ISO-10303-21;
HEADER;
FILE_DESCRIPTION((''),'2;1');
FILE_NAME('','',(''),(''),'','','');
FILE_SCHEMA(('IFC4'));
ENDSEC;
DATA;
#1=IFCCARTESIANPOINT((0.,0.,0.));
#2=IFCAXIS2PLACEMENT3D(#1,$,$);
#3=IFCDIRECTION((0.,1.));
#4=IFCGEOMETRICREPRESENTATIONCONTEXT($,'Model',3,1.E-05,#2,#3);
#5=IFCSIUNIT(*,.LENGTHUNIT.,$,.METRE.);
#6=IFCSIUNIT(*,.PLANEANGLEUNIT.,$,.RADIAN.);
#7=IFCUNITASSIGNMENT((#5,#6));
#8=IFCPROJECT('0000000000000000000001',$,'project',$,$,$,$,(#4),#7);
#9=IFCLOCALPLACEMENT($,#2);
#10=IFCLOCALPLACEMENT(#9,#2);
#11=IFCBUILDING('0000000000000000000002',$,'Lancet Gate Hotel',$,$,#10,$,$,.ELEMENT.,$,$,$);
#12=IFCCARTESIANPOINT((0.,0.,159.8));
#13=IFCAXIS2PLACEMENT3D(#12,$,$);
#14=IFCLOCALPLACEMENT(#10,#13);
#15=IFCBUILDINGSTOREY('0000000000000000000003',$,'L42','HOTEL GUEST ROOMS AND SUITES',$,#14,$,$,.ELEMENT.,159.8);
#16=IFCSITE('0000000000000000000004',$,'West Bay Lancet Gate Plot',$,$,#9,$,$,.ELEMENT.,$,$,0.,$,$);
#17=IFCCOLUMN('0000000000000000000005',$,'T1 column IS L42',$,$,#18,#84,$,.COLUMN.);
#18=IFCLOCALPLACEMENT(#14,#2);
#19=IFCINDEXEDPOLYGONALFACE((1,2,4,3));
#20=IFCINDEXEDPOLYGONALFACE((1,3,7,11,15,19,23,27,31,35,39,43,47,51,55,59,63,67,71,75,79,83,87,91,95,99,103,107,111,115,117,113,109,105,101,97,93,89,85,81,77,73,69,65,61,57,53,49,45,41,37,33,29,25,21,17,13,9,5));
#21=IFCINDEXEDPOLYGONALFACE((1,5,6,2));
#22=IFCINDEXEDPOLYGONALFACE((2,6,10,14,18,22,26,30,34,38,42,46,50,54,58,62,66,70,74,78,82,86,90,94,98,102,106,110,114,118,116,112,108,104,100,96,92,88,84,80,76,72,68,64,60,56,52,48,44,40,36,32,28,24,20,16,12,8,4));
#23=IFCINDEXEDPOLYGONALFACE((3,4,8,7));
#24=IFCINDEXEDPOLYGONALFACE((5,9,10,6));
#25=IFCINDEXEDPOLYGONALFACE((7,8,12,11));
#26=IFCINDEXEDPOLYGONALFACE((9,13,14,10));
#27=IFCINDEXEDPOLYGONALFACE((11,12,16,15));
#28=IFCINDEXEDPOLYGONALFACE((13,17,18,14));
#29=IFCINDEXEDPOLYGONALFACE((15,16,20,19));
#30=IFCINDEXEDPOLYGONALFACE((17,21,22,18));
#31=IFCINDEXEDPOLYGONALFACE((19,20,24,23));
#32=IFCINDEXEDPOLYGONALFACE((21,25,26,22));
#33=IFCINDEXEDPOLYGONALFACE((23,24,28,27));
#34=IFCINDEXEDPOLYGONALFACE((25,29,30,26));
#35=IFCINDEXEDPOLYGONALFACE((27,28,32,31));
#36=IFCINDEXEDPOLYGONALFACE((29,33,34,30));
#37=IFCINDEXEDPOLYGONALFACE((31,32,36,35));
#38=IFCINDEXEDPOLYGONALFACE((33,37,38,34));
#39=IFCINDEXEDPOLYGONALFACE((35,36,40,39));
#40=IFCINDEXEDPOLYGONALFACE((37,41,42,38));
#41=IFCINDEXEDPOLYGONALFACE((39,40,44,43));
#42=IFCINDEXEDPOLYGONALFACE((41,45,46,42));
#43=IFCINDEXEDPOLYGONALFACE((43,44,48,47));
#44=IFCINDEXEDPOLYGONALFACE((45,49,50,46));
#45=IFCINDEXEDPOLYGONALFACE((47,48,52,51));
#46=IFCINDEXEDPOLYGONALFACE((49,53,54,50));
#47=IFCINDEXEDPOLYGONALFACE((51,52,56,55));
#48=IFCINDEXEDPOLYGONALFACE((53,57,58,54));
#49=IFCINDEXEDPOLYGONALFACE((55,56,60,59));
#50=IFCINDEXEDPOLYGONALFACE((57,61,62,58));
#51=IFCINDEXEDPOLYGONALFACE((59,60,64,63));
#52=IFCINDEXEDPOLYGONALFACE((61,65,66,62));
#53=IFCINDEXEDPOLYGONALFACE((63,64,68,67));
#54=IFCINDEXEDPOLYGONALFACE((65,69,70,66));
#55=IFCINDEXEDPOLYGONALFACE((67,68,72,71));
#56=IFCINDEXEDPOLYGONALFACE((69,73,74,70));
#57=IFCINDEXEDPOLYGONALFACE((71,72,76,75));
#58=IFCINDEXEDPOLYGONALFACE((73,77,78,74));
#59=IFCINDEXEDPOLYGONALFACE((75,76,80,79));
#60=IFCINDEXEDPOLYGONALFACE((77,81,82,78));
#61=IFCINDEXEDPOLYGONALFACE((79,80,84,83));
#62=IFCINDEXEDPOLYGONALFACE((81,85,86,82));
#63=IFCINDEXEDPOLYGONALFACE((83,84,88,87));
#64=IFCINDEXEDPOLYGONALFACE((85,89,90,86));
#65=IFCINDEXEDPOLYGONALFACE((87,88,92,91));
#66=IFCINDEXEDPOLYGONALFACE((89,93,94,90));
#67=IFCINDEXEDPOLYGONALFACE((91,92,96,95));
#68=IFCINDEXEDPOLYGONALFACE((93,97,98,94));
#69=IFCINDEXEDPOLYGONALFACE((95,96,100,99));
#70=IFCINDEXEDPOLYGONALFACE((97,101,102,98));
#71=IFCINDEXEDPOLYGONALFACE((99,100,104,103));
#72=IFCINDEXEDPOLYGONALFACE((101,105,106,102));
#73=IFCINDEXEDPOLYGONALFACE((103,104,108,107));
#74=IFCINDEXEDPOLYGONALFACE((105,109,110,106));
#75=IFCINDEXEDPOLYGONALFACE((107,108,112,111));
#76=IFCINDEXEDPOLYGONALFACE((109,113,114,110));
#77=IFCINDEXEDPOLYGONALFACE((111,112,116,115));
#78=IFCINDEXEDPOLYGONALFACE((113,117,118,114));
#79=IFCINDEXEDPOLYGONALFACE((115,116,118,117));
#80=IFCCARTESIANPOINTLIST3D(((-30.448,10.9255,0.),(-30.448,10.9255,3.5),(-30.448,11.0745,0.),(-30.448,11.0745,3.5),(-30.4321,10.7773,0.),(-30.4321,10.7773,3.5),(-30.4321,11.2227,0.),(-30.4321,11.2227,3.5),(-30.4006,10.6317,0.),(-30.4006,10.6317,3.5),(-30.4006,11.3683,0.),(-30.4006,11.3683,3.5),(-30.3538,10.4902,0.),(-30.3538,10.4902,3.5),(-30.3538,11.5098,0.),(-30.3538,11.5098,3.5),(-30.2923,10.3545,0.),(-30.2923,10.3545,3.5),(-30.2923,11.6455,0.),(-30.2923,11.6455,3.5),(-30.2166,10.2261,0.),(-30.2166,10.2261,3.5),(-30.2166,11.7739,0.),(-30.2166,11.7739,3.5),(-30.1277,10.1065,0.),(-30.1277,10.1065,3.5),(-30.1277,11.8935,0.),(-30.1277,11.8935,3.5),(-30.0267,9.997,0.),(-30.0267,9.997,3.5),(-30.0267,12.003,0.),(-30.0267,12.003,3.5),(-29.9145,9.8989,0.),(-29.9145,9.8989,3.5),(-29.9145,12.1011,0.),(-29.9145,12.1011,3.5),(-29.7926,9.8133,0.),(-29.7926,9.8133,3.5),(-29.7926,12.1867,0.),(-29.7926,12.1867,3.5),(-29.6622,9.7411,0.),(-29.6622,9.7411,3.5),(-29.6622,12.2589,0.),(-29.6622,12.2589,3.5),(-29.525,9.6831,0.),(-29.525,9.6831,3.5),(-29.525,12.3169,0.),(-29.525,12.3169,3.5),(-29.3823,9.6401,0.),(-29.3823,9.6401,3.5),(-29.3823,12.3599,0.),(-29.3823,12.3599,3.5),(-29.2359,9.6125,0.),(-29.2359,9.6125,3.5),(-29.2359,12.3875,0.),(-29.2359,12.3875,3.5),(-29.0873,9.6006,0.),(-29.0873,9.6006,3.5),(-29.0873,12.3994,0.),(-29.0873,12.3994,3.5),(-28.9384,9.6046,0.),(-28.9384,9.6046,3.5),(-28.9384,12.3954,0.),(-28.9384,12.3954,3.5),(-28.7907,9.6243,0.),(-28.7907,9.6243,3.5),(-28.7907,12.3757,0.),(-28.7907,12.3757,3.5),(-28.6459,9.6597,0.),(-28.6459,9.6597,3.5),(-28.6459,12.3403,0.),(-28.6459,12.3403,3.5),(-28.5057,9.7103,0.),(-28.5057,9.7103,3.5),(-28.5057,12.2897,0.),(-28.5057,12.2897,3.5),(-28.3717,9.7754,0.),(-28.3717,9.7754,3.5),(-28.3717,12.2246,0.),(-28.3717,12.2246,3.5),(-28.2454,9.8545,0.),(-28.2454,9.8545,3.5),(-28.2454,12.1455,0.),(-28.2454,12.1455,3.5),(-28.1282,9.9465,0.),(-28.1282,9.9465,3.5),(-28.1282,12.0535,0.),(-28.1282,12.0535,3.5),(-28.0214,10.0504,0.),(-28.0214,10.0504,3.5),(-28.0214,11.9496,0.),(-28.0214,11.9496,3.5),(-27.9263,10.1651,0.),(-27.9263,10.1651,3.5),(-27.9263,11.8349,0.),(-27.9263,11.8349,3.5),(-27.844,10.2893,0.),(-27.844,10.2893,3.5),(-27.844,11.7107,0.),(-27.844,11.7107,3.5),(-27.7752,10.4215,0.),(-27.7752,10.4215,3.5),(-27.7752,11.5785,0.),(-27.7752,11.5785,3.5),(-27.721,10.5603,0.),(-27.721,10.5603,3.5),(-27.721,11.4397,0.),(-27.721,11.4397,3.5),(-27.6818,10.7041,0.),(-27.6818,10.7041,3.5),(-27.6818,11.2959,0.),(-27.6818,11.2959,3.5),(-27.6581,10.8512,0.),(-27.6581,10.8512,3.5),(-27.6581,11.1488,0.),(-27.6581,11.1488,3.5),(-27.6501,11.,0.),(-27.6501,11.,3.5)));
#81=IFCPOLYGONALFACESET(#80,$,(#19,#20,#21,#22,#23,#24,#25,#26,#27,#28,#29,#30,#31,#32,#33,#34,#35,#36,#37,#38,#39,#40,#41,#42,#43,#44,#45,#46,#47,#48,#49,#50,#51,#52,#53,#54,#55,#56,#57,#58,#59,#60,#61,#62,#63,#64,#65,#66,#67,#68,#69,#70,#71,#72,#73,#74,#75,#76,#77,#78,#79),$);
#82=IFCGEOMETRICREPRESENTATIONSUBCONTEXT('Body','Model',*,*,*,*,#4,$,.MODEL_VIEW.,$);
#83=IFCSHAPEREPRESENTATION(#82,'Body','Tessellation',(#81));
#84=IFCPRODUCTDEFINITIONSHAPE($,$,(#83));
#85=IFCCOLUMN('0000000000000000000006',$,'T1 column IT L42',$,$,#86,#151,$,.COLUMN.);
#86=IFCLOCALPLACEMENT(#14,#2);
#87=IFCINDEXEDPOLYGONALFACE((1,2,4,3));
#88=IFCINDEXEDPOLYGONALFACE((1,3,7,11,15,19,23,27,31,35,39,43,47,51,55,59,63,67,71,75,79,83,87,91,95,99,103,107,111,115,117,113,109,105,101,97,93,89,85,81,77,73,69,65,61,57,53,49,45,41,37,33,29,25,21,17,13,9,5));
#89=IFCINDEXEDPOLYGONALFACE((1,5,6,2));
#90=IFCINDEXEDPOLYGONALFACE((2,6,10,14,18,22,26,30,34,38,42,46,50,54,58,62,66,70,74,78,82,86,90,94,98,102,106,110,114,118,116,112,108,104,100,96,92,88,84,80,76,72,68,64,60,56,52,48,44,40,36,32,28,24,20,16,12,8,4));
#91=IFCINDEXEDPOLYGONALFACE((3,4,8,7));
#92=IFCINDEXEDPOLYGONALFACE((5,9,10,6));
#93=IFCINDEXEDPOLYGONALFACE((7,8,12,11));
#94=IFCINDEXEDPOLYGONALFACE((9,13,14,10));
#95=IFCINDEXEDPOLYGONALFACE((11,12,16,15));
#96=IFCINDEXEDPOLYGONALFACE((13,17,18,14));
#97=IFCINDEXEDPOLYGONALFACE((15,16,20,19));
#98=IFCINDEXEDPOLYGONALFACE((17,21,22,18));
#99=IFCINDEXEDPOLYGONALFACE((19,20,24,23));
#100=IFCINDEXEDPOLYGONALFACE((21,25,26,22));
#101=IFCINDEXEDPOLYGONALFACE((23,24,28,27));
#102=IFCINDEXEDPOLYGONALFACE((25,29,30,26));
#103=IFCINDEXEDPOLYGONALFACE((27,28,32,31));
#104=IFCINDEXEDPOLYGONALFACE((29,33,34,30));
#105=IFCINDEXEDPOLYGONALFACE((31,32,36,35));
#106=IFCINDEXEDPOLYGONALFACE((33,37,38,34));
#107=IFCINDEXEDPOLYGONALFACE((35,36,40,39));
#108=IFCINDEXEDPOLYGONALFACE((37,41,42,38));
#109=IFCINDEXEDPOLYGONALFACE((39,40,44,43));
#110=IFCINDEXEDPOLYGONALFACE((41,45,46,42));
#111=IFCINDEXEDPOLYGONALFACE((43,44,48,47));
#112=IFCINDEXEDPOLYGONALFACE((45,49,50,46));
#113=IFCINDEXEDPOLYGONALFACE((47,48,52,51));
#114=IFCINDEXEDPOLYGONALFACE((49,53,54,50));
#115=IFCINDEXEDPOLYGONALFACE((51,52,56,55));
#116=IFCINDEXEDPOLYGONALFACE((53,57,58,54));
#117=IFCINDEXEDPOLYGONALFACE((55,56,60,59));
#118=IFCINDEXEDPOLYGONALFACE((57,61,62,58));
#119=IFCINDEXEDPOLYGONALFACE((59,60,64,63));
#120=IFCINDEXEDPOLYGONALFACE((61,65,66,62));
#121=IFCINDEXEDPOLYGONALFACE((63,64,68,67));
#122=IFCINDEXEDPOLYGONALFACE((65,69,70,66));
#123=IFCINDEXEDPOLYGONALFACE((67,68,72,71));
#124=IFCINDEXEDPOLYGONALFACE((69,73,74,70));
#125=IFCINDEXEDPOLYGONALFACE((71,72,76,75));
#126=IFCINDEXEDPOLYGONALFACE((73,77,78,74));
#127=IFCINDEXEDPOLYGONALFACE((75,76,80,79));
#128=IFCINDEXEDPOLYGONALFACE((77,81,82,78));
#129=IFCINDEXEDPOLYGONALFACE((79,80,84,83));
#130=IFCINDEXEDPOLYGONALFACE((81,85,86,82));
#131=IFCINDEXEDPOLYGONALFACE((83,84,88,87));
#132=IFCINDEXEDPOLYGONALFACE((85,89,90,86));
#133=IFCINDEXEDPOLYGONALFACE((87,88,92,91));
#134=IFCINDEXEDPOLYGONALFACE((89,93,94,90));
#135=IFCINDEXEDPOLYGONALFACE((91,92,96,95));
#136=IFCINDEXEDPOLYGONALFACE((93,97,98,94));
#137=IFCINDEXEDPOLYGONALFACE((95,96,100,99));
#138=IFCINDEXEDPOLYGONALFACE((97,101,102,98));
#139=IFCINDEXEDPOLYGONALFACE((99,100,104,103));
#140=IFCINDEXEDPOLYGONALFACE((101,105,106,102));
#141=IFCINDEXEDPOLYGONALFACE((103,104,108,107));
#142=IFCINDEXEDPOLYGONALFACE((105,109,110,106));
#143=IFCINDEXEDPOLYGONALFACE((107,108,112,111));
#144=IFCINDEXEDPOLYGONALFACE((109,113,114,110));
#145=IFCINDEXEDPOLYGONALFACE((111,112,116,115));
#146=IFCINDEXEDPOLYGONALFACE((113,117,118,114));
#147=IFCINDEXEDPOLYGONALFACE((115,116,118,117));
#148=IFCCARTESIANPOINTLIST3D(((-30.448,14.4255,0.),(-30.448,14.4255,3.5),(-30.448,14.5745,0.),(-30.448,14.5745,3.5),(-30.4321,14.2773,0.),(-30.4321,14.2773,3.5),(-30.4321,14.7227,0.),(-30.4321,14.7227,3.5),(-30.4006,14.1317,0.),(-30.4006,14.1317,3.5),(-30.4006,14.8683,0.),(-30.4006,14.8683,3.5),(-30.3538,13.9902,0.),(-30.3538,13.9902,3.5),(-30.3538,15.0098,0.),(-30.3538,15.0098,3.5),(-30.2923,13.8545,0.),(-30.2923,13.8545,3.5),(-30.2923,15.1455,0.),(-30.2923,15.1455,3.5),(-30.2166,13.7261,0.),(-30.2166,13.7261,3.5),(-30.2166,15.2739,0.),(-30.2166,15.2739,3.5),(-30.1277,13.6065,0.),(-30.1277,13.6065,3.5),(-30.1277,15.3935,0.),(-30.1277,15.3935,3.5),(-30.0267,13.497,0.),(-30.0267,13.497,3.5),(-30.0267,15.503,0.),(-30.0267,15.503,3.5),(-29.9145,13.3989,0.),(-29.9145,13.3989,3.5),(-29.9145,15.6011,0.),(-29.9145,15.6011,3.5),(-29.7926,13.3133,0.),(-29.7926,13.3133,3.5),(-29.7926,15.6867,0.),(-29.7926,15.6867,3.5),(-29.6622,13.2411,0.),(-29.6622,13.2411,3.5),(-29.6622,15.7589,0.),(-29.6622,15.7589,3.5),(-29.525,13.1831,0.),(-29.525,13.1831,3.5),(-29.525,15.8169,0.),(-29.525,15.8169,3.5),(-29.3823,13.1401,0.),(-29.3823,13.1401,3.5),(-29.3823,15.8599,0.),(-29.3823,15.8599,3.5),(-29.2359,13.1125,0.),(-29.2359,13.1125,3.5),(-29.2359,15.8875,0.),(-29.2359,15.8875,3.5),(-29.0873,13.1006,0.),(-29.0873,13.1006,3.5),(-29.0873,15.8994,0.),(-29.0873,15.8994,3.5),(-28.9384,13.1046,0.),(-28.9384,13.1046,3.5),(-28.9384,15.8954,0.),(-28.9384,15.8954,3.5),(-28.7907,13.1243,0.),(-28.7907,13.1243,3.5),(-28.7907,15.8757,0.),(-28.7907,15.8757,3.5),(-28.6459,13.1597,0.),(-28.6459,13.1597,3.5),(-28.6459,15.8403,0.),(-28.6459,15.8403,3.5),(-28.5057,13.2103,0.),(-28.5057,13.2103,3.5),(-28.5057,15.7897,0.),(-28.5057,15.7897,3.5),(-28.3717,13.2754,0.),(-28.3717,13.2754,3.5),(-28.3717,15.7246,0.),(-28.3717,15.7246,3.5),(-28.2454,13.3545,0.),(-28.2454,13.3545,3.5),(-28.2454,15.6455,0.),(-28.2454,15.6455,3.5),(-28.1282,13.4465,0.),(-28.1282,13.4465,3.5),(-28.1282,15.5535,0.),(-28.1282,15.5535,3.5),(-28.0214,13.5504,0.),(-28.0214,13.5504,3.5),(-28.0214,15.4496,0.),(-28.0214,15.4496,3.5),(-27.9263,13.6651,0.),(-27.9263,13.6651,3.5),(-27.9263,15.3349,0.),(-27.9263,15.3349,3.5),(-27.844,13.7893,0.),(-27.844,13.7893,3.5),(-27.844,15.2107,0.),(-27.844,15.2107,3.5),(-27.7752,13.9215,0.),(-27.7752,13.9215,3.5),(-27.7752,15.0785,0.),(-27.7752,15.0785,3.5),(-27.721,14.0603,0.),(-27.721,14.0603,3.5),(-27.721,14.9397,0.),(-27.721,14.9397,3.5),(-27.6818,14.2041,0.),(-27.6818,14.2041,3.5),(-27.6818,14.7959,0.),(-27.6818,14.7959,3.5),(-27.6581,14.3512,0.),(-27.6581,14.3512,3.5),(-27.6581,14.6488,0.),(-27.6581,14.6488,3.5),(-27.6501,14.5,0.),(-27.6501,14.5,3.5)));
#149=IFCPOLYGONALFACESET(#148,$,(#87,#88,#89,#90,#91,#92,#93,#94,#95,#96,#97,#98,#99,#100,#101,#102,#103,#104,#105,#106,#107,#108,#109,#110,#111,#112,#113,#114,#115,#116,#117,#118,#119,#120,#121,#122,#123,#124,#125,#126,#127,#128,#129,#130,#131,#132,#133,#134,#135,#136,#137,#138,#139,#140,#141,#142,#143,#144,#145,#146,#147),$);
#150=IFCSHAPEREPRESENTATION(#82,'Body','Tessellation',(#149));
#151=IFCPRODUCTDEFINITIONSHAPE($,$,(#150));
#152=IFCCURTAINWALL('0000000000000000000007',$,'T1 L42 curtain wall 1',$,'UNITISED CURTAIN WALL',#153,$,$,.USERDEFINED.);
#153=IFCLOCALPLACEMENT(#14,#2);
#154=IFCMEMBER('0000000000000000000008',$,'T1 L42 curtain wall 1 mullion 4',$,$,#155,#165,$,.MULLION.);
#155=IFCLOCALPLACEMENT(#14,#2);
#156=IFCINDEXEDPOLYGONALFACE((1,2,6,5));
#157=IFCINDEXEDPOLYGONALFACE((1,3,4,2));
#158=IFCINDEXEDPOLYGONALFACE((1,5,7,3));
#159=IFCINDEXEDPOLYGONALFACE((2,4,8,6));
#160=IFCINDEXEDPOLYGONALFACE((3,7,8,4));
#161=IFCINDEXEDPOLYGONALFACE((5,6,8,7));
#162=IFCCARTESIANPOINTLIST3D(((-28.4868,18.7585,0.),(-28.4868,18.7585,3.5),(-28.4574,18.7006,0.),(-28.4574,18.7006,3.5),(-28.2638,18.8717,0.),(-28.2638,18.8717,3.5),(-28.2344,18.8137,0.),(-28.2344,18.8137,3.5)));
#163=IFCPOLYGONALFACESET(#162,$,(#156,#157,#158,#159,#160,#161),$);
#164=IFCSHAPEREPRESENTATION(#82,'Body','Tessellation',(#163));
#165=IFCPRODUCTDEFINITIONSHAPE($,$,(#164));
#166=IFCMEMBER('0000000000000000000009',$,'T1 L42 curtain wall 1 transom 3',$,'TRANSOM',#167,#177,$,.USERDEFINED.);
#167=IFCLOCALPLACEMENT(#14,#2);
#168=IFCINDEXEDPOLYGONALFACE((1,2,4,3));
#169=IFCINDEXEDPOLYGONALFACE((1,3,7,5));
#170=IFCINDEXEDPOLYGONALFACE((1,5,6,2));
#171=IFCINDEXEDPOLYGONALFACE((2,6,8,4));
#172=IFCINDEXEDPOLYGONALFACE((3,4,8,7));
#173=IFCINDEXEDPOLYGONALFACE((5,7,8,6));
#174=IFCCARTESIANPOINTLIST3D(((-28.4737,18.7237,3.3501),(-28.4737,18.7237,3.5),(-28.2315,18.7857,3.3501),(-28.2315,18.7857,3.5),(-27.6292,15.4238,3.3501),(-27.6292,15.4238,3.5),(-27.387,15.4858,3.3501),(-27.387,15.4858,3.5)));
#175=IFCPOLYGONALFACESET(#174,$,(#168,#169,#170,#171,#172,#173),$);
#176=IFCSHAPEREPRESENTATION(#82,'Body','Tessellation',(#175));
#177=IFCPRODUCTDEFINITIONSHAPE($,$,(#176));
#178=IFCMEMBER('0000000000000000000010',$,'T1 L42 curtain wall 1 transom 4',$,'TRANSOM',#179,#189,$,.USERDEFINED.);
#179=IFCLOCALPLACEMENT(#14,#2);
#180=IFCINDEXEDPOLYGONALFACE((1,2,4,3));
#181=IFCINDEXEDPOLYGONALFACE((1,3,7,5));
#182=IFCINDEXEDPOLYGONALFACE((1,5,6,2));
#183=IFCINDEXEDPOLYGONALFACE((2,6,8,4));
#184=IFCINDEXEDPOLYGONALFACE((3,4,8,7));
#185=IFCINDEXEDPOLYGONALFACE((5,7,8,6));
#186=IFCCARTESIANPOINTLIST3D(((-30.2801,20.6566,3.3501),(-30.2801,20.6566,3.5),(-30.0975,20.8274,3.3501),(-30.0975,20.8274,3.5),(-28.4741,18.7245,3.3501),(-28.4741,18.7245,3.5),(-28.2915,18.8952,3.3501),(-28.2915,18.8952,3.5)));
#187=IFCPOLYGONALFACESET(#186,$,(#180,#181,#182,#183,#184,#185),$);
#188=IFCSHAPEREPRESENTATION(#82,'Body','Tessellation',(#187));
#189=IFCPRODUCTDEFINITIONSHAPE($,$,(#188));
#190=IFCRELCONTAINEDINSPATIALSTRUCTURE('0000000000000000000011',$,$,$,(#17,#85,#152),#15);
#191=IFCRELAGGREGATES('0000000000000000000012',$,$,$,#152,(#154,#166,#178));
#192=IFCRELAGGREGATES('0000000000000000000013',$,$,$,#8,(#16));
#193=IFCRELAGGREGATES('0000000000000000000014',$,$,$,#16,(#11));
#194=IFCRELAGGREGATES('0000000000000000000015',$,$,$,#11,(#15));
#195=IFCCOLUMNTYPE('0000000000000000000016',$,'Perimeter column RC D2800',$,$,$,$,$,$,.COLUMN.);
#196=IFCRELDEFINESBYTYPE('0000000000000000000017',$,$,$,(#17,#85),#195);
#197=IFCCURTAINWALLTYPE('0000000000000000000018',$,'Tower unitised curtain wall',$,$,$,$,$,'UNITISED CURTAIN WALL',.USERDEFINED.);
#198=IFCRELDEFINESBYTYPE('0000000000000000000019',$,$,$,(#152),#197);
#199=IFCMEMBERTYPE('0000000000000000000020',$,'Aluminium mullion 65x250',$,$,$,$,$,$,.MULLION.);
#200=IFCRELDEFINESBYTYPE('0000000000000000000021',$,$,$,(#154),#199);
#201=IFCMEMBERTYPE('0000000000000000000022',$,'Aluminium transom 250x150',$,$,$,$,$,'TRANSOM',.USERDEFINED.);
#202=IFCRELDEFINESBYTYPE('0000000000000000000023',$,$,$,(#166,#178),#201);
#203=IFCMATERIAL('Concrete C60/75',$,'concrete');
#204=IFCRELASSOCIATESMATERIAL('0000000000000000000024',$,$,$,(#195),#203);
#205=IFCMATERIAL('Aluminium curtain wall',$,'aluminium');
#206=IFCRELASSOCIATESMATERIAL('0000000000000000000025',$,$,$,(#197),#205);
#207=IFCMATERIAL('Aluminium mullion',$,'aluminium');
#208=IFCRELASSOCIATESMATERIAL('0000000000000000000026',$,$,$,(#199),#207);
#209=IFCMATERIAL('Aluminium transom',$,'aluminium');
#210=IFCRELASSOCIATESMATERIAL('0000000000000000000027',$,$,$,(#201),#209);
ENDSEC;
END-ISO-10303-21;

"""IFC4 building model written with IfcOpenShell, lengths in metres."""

from ifc_helpers import new_model, si_unit, direction, frame, origin, origin_2d, place, context, subcontext, project, spatial, rectangle, circle, extrude, material, material_profile, profile_set, type_object, element, aggregate, save


model = new_model("IFC4")

# Units and contexts
model_context = context("Model", 3, precision=1e-05, world=origin(), true_north=direction((0.0, 1.0)))
body_context = subcontext(model_context, "Body", "Model", "MODEL_VIEW")
ifc_project = project(units=[si_unit("LENGTHUNIT", "METRE"), si_unit("PLANEANGLEUNIT", "RADIAN")], contexts=[model_context])

# Site, building, storey
site_placement = place(None, origin())
site = spatial("IfcSite", under=ifc_project, at=site_placement, Name="West Bay Lancet Gate Plot", CompositionType="ELEMENT", RefElevation=0.0)
building_placement = place(site_placement, origin())
building = spatial("IfcBuilding", under=site, at=building_placement, Name="Lancet Gate Hotel", CompositionType="ELEMENT")
storey_placement = place(building_placement, frame((0.0, 0.0, 159.8)))
storey = spatial("IfcBuildingStorey", under=building, at=storey_placement, Name="L42", Description="HOTEL GUEST ROOMS AND SUITES", CompositionType="ELEMENT", Elevation=159.8)

# Columns
ifc_material_1 = material(Name="Concrete C60/75", Category="concrete")
ifc_material_profile_1 = material_profile(ifc_material_1, circle(Radius=1.3999, at=origin_2d()), Name="RC D2800")
ifc_profile_set_1 = profile_set([ifc_material_profile_1], Name="Concrete C60/75")
column_type = type_object("IfcColumnType", Name="Perimeter column RC D2800", PredefinedType="COLUMN", material=ifc_profile_set_1)
for number, where, z_axis, x_axis, name in (
    (1, (-29.05, 11.0, 0.0), (0.0, 0.0, 1.0), (1.0, 0.0, 0.0), "T1 column IS L42"),
    (2, (-29.05, 14.5, 0.0), (0.0, 0.0, 1.0), (1.0, 0.0, 0.0), "T1 column IT L42"),
):
    element("IfcColumn", number, at=place(storey_placement, frame(where, z_axis=z_axis, x_axis=x_axis)), inside=storey, type_object=column_type, Name=name, PredefinedType="COLUMN", context=body_context, shape_type="SweptSolid", body=[
        extrude(circle(Radius=1.3999, at=origin_2d()), origin(), (0.0, 0.0, 1.0), 3.5),
    ])

# Curtain wall, members
ifc_material_2 = material(Name="Aluminium curtain wall", Category="aluminium")
curtain_wall_type = type_object("IfcCurtainWallType", Name="Tower unitised curtain wall", ElementType="UNITISED CURTAIN WALL", PredefinedType="USERDEFINED", material=ifc_material_2)
curtain_wall_placement = place(storey_placement, origin())
curtain_wall = element("IfcCurtainWall", 3, at=curtain_wall_placement, inside=storey, type_object=curtain_wall_type, Name="T1 L42 curtain wall 1", ObjectType="UNITISED CURTAIN WALL", PredefinedType="USERDEFINED")
ifc_material_3 = material(Name="Aluminium mullion", Category="aluminium")
ifc_material_profile_2 = material_profile(ifc_material_3, rectangle(XDim=0.0649, YDim=0.25, at=origin_2d()), Name="MULLION 65x250")
ifc_profile_set_2 = profile_set([ifc_material_profile_2], Name="Aluminium mullion")
member_type_1 = type_object("IfcMemberType", Name="Aluminium mullion 65x250", PredefinedType="MULLION", material=ifc_profile_set_2)
member_1_placement = place(storey_placement, frame((-28.3606, 18.7861, 0.0), z_axis=(0.0, 0.0, 1.0), x_axis=(-0.452508, 0.891761, 0.0)))
member_1 = element("IfcMember", 4, at=member_1_placement, type_object=member_type_1, Name="T1 L42 curtain wall 1 mullion 4", PredefinedType="MULLION", context=body_context, shape_type="SweptSolid", body=[
    extrude(rectangle(XDim=0.0649, YDim=0.25, at=origin_2d()), origin(), (0.0, 0.0, 1.0), 3.5),
])
ifc_material_4 = material(Name="Aluminium transom", Category="aluminium")
ifc_material_profile_3 = material_profile(ifc_material_4, rectangle(XDim=0.25, YDim=0.1499, at=origin_2d()), Name="TRANSOM 250x150")
ifc_profile_set_3 = profile_set([ifc_material_profile_3], Name="Aluminium transom")
member_type_2 = type_object("IfcMemberType", Name="Aluminium transom 250x150", ElementType="TRANSOM", PredefinedType="USERDEFINED", material=ifc_profile_set_3)
member_2_placement = place(storey_placement, frame((-27.5081, 15.4548, 3.425), z_axis=(-0.247929, 0.968778, 0.0), x_axis=(-0.968778, -0.247929, 0.0)))
member_2 = element("IfcMember", 5, at=member_2_placement, type_object=member_type_2, Name="T1 L42 curtain wall 1 transom 3", ObjectType="TRANSOM", PredefinedType="USERDEFINED", context=body_context, shape_type="SweptSolid", body=[
    extrude(rectangle(XDim=0.25, YDim=0.1499, at=origin_2d()), origin(), (0.0, 0.0, 1.0), 3.4062),
])
member_3_placement = place(storey_placement, frame((-28.3828, 18.8098, 3.425), z_axis=(-0.682841, 0.730567, 0.0), x_axis=(-0.730567, -0.682841, 0.0)))
member_3 = element("IfcMember", 6, at=member_3_placement, type_object=member_type_2, Name="T1 L42 curtain wall 1 transom 4", ObjectType="TRANSOM", PredefinedType="USERDEFINED", context=body_context, shape_type="SweptSolid", body=[
    extrude(rectangle(XDim=0.25, YDim=0.1499, at=origin_2d()), origin(), (0.0, 0.0, 1.0), 2.6448),
])

aggregate(curtain_wall, [member_1, member_2, member_3])

save(model, "model.ifc")
